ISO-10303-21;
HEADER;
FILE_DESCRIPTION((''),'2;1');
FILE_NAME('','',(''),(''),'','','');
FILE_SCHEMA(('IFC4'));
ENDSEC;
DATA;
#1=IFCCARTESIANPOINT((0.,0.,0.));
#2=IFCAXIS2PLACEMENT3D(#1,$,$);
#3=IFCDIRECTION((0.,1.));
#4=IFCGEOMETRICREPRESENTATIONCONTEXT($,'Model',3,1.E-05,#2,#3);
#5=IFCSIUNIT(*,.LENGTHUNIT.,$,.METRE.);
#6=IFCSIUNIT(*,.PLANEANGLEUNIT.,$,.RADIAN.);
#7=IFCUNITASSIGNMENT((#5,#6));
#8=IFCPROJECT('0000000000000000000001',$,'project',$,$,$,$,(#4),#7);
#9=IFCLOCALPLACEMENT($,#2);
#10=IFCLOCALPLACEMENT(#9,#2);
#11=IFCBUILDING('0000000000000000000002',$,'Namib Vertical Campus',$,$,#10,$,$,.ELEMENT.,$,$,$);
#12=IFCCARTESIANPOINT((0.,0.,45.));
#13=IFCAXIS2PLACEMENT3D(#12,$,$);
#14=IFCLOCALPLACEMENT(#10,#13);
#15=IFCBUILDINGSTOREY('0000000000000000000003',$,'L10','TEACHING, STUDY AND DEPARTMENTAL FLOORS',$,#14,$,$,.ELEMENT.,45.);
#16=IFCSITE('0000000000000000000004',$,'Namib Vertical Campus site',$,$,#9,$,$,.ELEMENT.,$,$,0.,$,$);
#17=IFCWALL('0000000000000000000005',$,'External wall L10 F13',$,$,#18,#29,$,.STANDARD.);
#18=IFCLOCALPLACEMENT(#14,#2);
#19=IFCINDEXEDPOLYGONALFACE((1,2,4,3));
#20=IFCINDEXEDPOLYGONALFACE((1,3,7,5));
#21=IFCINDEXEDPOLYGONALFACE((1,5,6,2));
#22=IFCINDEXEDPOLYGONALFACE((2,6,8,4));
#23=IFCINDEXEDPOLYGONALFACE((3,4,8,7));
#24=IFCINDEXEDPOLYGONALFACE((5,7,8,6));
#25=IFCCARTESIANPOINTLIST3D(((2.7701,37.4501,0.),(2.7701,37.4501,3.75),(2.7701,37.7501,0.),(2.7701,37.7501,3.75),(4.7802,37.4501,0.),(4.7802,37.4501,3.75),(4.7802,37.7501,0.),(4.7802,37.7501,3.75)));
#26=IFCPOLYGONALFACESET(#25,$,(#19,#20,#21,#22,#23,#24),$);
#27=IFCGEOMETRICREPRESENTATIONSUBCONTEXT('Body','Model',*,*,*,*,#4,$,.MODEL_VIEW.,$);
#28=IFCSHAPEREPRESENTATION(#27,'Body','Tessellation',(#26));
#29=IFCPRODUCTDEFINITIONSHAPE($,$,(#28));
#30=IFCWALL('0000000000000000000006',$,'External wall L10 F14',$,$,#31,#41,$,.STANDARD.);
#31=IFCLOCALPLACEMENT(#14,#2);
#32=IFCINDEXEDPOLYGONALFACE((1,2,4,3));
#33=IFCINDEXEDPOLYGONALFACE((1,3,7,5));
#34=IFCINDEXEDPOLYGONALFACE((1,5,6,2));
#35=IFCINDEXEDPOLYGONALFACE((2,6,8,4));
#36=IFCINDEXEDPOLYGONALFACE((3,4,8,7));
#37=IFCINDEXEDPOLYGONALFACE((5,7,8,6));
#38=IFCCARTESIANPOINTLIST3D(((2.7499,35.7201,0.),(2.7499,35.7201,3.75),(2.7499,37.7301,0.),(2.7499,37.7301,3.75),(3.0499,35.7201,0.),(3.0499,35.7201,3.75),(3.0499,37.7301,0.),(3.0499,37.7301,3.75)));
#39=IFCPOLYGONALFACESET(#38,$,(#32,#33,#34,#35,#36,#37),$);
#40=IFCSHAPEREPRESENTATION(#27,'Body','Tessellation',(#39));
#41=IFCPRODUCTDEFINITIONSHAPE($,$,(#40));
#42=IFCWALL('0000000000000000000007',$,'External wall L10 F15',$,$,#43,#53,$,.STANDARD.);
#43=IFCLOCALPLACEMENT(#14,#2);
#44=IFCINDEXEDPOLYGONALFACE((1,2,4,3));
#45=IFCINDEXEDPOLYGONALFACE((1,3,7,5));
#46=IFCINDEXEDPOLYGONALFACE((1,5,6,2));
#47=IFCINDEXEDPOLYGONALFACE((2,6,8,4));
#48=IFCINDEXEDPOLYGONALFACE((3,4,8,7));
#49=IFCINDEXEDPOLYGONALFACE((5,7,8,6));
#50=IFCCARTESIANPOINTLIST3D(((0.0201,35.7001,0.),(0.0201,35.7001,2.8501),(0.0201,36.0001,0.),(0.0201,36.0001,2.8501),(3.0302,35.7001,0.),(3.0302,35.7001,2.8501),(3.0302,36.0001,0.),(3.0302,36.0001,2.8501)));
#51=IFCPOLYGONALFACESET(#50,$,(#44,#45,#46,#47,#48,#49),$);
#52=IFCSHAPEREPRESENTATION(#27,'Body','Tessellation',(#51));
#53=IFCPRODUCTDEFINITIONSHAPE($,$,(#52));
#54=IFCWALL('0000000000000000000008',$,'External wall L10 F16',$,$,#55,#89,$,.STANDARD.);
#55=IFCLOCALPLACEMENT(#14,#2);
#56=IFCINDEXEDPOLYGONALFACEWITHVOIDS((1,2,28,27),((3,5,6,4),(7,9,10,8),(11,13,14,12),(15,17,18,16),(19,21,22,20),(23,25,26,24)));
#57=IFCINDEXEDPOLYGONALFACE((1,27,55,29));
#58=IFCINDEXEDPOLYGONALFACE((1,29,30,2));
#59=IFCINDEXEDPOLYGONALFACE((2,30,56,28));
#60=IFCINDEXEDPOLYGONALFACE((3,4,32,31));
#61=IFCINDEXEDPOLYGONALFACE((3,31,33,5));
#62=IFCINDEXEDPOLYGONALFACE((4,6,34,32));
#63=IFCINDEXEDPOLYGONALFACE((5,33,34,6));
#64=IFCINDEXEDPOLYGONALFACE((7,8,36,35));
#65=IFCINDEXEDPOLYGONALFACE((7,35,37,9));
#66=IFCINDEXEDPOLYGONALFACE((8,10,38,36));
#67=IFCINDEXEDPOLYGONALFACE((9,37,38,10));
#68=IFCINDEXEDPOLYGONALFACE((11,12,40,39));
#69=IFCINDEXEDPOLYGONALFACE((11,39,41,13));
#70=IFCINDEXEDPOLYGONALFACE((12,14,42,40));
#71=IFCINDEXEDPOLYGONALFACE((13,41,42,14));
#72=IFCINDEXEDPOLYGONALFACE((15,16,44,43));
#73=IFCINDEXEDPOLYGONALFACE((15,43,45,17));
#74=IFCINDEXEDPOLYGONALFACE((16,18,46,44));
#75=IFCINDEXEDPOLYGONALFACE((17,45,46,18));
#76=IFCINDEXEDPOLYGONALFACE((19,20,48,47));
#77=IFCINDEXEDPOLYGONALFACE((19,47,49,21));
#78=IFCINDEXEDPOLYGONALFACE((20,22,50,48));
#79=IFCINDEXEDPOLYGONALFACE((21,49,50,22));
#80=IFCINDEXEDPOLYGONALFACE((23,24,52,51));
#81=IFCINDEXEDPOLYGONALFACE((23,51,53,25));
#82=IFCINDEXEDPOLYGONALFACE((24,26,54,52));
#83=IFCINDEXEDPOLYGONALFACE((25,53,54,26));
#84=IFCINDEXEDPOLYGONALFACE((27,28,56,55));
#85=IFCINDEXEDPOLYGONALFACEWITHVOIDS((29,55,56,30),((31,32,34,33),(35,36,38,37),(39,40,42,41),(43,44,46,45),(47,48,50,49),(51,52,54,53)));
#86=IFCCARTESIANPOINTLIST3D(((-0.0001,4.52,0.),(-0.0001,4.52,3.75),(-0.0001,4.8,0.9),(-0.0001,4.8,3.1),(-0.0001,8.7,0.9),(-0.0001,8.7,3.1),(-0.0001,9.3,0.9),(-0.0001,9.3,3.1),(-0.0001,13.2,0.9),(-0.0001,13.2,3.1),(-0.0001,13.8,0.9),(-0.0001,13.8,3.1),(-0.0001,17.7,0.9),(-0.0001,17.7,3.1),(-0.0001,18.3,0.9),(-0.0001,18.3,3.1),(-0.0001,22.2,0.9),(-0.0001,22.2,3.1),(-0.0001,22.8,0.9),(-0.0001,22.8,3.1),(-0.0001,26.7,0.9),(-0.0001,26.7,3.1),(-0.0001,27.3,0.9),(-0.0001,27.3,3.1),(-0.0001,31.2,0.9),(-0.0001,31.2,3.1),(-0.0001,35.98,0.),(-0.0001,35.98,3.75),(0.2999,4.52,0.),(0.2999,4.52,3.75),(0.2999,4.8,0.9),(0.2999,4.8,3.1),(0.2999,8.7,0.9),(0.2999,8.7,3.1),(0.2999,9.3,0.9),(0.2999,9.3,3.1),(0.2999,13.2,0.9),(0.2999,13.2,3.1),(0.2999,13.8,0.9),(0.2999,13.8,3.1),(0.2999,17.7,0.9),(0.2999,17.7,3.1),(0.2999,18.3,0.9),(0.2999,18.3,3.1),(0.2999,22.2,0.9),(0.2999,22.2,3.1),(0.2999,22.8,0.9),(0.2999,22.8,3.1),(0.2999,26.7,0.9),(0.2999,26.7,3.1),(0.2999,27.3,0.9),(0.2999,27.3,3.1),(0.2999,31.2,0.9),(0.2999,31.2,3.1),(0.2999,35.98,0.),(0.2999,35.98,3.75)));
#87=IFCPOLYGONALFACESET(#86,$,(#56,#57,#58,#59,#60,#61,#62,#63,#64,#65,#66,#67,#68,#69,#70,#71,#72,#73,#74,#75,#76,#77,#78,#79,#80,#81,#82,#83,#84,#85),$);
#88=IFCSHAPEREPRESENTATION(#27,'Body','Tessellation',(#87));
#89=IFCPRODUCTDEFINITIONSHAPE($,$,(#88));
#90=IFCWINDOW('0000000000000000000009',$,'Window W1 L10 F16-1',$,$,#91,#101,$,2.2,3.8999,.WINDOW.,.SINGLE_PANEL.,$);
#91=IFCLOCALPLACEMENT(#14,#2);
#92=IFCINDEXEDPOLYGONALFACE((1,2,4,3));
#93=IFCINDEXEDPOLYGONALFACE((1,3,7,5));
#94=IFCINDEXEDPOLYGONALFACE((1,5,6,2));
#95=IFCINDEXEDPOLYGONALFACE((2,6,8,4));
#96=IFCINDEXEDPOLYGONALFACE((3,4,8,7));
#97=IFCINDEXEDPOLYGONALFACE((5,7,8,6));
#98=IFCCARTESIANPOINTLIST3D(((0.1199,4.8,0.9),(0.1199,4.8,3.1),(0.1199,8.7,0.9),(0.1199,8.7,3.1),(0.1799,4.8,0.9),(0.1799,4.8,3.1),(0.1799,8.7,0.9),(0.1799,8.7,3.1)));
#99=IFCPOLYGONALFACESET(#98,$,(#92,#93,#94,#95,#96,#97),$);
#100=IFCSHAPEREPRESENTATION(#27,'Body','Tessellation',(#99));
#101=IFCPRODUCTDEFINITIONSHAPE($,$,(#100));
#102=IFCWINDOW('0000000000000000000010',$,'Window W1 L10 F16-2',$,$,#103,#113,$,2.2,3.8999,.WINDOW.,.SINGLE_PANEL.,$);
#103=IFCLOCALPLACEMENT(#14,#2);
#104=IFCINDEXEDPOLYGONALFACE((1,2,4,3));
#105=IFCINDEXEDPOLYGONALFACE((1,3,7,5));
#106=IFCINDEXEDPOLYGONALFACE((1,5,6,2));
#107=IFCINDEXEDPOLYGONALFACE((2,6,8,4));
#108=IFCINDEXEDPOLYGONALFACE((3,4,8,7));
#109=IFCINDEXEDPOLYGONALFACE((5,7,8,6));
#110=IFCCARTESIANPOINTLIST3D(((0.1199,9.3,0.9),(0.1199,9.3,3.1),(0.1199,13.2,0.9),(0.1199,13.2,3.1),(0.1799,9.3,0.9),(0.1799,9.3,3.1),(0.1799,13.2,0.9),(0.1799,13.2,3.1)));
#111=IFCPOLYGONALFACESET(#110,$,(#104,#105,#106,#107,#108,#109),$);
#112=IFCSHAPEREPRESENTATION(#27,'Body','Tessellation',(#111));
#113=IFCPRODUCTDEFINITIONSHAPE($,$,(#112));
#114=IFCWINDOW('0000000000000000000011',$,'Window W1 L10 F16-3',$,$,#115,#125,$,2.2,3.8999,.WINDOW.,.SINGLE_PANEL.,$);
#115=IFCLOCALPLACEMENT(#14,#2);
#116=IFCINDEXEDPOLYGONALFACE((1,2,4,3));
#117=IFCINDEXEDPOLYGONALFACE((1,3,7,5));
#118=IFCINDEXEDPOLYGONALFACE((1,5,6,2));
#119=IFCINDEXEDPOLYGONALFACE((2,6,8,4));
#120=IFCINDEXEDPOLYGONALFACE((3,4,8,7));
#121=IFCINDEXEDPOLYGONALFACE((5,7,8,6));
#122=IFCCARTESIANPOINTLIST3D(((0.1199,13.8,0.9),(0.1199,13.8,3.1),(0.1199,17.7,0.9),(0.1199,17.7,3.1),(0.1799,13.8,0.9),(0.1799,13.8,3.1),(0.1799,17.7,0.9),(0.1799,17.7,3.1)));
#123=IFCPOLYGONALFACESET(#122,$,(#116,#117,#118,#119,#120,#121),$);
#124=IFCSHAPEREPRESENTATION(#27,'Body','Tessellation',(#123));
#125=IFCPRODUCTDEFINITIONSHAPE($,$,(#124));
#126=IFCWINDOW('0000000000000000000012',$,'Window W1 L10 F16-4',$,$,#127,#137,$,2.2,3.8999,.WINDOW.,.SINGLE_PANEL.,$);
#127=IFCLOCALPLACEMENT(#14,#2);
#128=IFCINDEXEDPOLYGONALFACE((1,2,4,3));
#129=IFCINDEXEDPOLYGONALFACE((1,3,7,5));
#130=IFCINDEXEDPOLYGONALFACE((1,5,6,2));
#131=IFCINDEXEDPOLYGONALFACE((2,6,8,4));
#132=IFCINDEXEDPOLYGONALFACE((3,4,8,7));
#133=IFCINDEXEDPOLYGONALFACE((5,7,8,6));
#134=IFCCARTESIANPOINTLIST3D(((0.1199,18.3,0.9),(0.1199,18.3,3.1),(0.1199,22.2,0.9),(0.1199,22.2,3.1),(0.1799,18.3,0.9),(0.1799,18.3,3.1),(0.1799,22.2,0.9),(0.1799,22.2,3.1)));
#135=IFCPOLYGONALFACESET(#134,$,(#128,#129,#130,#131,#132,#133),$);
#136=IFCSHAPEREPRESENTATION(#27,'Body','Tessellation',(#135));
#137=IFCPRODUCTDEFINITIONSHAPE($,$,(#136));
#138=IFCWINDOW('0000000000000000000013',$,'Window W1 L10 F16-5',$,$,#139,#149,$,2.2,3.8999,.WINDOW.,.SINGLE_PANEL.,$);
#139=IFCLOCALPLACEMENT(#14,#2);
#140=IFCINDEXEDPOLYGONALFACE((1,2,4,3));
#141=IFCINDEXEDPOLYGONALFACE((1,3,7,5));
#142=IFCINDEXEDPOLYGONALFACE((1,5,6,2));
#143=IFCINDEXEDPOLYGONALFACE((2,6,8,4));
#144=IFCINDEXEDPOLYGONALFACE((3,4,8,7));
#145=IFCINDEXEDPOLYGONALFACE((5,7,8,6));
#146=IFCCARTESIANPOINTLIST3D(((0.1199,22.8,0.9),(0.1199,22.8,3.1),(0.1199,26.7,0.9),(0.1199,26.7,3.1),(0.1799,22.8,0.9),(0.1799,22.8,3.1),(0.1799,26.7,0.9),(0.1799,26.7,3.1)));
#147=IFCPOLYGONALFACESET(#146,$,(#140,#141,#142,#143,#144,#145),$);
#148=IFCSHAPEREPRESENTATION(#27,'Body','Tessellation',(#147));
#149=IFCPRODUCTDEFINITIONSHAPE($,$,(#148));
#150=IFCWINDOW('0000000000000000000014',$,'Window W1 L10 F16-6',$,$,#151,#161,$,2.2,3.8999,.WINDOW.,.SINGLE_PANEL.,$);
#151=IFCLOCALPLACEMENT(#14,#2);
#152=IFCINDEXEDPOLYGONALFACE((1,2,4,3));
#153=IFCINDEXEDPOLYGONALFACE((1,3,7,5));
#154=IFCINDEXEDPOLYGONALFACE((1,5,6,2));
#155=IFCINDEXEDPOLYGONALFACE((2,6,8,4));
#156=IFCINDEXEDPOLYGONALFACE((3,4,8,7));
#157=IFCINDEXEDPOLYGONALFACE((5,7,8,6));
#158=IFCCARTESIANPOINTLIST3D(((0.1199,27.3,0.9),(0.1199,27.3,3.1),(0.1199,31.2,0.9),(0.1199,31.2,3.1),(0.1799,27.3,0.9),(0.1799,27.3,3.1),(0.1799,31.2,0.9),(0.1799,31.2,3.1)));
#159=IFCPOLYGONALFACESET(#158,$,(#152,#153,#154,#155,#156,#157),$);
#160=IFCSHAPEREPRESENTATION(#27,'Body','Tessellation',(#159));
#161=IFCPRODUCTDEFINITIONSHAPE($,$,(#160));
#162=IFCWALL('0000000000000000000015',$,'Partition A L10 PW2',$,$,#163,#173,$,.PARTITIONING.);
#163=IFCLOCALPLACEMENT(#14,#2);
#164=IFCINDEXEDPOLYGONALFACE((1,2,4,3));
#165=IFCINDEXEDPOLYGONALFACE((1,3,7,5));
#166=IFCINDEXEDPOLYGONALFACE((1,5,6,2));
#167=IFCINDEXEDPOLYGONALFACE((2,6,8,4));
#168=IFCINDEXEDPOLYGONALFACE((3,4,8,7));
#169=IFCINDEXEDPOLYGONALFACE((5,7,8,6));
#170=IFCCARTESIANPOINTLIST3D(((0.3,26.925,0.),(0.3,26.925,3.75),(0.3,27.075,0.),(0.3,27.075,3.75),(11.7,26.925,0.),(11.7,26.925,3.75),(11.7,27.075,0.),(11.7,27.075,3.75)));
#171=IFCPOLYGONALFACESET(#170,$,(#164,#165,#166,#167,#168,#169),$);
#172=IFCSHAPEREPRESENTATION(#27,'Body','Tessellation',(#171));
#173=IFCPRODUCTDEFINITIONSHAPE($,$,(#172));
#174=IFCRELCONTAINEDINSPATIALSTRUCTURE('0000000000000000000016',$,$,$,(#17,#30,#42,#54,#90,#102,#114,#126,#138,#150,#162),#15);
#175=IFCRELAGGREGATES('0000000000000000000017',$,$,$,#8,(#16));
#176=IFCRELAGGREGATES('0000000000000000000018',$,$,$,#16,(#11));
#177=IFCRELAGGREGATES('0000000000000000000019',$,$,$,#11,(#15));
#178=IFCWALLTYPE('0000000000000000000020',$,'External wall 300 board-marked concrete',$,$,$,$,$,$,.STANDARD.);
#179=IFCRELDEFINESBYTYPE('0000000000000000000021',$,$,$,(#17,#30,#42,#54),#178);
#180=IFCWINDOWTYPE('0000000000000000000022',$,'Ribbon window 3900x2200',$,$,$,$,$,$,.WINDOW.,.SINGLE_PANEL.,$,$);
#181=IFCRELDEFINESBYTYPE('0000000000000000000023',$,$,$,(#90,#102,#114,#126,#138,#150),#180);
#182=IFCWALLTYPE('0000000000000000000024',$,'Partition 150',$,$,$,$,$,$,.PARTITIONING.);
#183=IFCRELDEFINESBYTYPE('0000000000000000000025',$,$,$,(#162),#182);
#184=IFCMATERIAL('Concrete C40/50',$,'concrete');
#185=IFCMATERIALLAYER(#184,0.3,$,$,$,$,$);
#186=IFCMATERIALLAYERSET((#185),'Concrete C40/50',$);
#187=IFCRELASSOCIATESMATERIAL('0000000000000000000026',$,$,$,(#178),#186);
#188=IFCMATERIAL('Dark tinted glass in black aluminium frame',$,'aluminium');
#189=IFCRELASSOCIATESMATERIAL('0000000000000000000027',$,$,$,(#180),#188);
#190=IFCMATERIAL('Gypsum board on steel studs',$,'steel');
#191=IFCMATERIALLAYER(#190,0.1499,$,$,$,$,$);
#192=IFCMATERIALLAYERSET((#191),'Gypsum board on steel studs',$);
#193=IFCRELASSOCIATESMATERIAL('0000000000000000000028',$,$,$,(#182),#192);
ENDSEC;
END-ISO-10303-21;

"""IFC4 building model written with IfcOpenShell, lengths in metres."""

from ifc_helpers import new_model, si_unit, direction, frame, frame_2d, origin, place, context, subcontext, project, spatial, rectangle, extrude, material, layer, layer_set, type_object, element, fill, save


model = new_model("IFC4")

# Units and contexts
model_context = context("Model", 3, precision=1e-05, world=origin(), true_north=direction((0.0, 1.0)))
body_context = subcontext(model_context, "Body", "Model", "MODEL_VIEW")
ifc_project = project(units=[si_unit("LENGTHUNIT", "METRE"), si_unit("PLANEANGLEUNIT", "RADIAN")], contexts=[model_context])

# Site, building, storey
site_placement = place(None, origin())
site = spatial("IfcSite", under=ifc_project, at=site_placement, Name="Namib Vertical Campus site", CompositionType="ELEMENT", RefElevation=0.0)
building_placement = place(site_placement, origin())
building = spatial("IfcBuilding", under=site, at=building_placement, Name="Namib Vertical Campus", CompositionType="ELEMENT")
storey_placement = place(building_placement, frame((0.0, 0.0, 45.0)))
storey = spatial("IfcBuildingStorey", under=building, at=storey_placement, Name="L10", Description="TEACHING, STUDY AND DEPARTMENTAL FLOORS", CompositionType="ELEMENT", Elevation=45.0)

# Walls
ifc_material_1 = material(Name="Concrete C40/50", Category="concrete")
ifc_layer_1 = layer(ifc_material_1, 0.3)
ifc_layer_set_1 = layer_set([ifc_layer_1], Name="Concrete C40/50")
wall_type_1 = type_object("IfcWallType", Name="External wall 300 board-marked concrete", PredefinedType="STANDARD", material=ifc_layer_set_1)
for number, where, z_axis, x_axis, name in (
    (1, (4.78, 37.6001, 0.0), (0.0, 0.0, 1.0), (-1.0, 0.0, 0.0), "External wall L10 F13"),
    (2, (2.8999, 37.73, 0.0), (0.0, 0.0, 1.0), (0.0, -1.0, 0.0), "External wall L10 F14"),
):
    element("IfcWall", number, at=place(storey_placement, frame(where, z_axis=z_axis, x_axis=x_axis)), inside=storey, type_object=wall_type_1, Name=name, PredefinedType="STANDARD", context=body_context, shape_type="SweptSolid", body=[
        extrude(rectangle(XDim=2.01, YDim=0.3, at=frame_2d((1.0049, 0.0))), origin(), (0.0, 0.0, 1.0), 3.75),
    ])
wall_1_placement = place(storey_placement, frame((3.03, 35.8501, 0.0), z_axis=(0.0, 0.0, 1.0), x_axis=(-1.0, 0.0, 0.0)))
element("IfcWall", 3, at=wall_1_placement, inside=storey, type_object=wall_type_1, Name="External wall L10 F15", PredefinedType="STANDARD", context=body_context, shape_type="SweptSolid", body=[
    extrude(rectangle(XDim=3.01, YDim=0.3, at=frame_2d((1.5049, 0.0))), origin(), (0.0, 0.0, 1.0), 2.8501),
])

# Wall, openings, windows
wall_2_placement = place(storey_placement, frame((0.1499, 35.98, 0.0), z_axis=(0.0, 0.0, 1.0), x_axis=(0.0, -1.0, 0.0)))
wall_2 = element("IfcWall", 4, at=wall_2_placement, inside=storey, type_object=wall_type_1, Name="External wall L10 F16", PredefinedType="STANDARD", context=body_context, shape_type="SweptSolid", body=[
    extrude(rectangle(XDim=31.46, YDim=0.3, at=frame_2d((15.73, 0.0))), origin(), (0.0, 0.0, 1.0), 3.75),
])
opening_1_placement = place(wall_2_placement, frame((27.28, 0.0, 0.8999)))
opening_1 = element("IfcOpeningElement", 5, at=opening_1_placement, cuts=wall_2, PredefinedType="OPENING", context=body_context, shape_type="SweptSolid", body=[
    extrude(rectangle(XDim=3.8999, YDim=2.2, at=frame_2d((1.95, 1.1001))), frame((0.0, 0.1599, 0.0), z_axis=(0.0, -1.0, 0.0), x_axis=(1.0, 0.0, 0.0)), (0.0, 0.0, 1.0), 0.3201),
])
opening_2_placement = place(wall_2_placement, frame((22.78, 0.0, 0.8999)))
opening_2 = element("IfcOpeningElement", 6, at=opening_2_placement, cuts=wall_2, PredefinedType="OPENING", context=body_context, shape_type="SweptSolid", body=[
    extrude(rectangle(XDim=3.8999, YDim=2.2, at=frame_2d((1.95, 1.1001))), frame((0.0, 0.1599, 0.0), z_axis=(0.0, -1.0, 0.0), x_axis=(1.0, 0.0, 0.0)), (0.0, 0.0, 1.0), 0.3201),
])
opening_3_placement = place(wall_2_placement, frame((18.28, 0.0, 0.8999)))
opening_3 = element("IfcOpeningElement", 7, at=opening_3_placement, cuts=wall_2, PredefinedType="OPENING", context=body_context, shape_type="SweptSolid", body=[
    extrude(rectangle(XDim=3.8999, YDim=2.2, at=frame_2d((1.95, 1.1001))), frame((0.0, 0.1599, 0.0), z_axis=(0.0, -1.0, 0.0), x_axis=(1.0, 0.0, 0.0)), (0.0, 0.0, 1.0), 0.3201),
])
opening_4_placement = place(wall_2_placement, frame((13.78, 0.0, 0.8999)))
opening_4 = element("IfcOpeningElement", 8, at=opening_4_placement, cuts=wall_2, PredefinedType="OPENING", context=body_context, shape_type="SweptSolid", body=[
    extrude(rectangle(XDim=3.8999, YDim=2.2, at=frame_2d((1.95, 1.1001))), frame((0.0, 0.1599, 0.0), z_axis=(0.0, -1.0, 0.0), x_axis=(1.0, 0.0, 0.0)), (0.0, 0.0, 1.0), 0.3201),
])
opening_5_placement = place(wall_2_placement, frame((9.28, 0.0, 0.8999)))
opening_5 = element("IfcOpeningElement", 9, at=opening_5_placement, cuts=wall_2, PredefinedType="OPENING", context=body_context, shape_type="SweptSolid", body=[
    extrude(rectangle(XDim=3.8999, YDim=2.2, at=frame_2d((1.95, 1.1001))), frame((0.0, 0.1599, 0.0), z_axis=(0.0, -1.0, 0.0), x_axis=(1.0, 0.0, 0.0)), (0.0, 0.0, 1.0), 0.3201),
])
opening_6_placement = place(wall_2_placement, frame((4.78, 0.0, 0.8999)))
opening_6 = element("IfcOpeningElement", 10, at=opening_6_placement, cuts=wall_2, PredefinedType="OPENING", context=body_context, shape_type="SweptSolid", body=[
    extrude(rectangle(XDim=3.8999, YDim=2.2, at=frame_2d((1.95, 1.1001))), frame((0.0, 0.1599, 0.0), z_axis=(0.0, -1.0, 0.0), x_axis=(1.0, 0.0, 0.0)), (0.0, 0.0, 1.0), 0.3201),
])
ifc_material_2 = material(Name="Dark tinted glass in black aluminium frame", Category="aluminium")
window_type = type_object("IfcWindowType", Name="Ribbon window 3900x2200", PartitioningType="SINGLE_PANEL", PredefinedType="WINDOW", material=ifc_material_2)
window_1_placement = place(opening_1_placement, origin())
window_1 = element("IfcWindow", 11, at=window_1_placement, inside=storey, type_object=window_type, Name="Window W1 L10 F16-1", OverallHeight=2.2, OverallWidth=3.8999, PartitioningType="SINGLE_PANEL", PredefinedType="WINDOW", context=body_context, shape_type="SweptSolid", body=[
    extrude(rectangle(XDim=3.8999, YDim=2.2, at=frame_2d((1.95, 1.1001))), frame((0.0, 0.03, 0.0), z_axis=(0.0, -1.0, 0.0), x_axis=(1.0, 0.0, 0.0)), (0.0, 0.0, 1.0), 0.0601),
])
fill(opening_1, window_1)
window_2_placement = place(opening_2_placement, origin())
window_2 = element("IfcWindow", 12, at=window_2_placement, inside=storey, type_object=window_type, Name="Window W1 L10 F16-2", OverallHeight=2.2, OverallWidth=3.8999, PartitioningType="SINGLE_PANEL", PredefinedType="WINDOW", context=body_context, shape_type="SweptSolid", body=[
    extrude(rectangle(XDim=3.8999, YDim=2.2, at=frame_2d((1.95, 1.1001))), frame((0.0, 0.03, 0.0), z_axis=(0.0, -1.0, 0.0), x_axis=(1.0, 0.0, 0.0)), (0.0, 0.0, 1.0), 0.0601),
])
fill(opening_2, window_2)
window_3_placement = place(opening_3_placement, origin())
window_3 = element("IfcWindow", 13, at=window_3_placement, inside=storey, type_object=window_type, Name="Window W1 L10 F16-3", OverallHeight=2.2, OverallWidth=3.8999, PartitioningType="SINGLE_PANEL", PredefinedType="WINDOW", context=body_context, shape_type="SweptSolid", body=[
    extrude(rectangle(XDim=3.8999, YDim=2.2, at=frame_2d((1.95, 1.1001))), frame((0.0, 0.03, 0.0), z_axis=(0.0, -1.0, 0.0), x_axis=(1.0, 0.0, 0.0)), (0.0, 0.0, 1.0), 0.0601),
])
fill(opening_3, window_3)
window_4_placement = place(opening_4_placement, origin())
window_4 = element("IfcWindow", 14, at=window_4_placement, inside=storey, type_object=window_type, Name="Window W1 L10 F16-4", OverallHeight=2.2, OverallWidth=3.8999, PartitioningType="SINGLE_PANEL", PredefinedType="WINDOW", context=body_context, shape_type="SweptSolid", body=[
    extrude(rectangle(XDim=3.8999, YDim=2.2, at=frame_2d((1.95, 1.1001))), frame((0.0, 0.03, 0.0), z_axis=(0.0, -1.0, 0.0), x_axis=(1.0, 0.0, 0.0)), (0.0, 0.0, 1.0), 0.0601),
])
fill(opening_4, window_4)
window_5_placement = place(opening_5_placement, origin())
window_5 = element("IfcWindow", 15, at=window_5_placement, inside=storey, type_object=window_type, Name="Window W1 L10 F16-5", OverallHeight=2.2, OverallWidth=3.8999, PartitioningType="SINGLE_PANEL", PredefinedType="WINDOW", context=body_context, shape_type="SweptSolid", body=[
    extrude(rectangle(XDim=3.8999, YDim=2.2, at=frame_2d((1.95, 1.1001))), frame((0.0, 0.03, 0.0), z_axis=(0.0, -1.0, 0.0), x_axis=(1.0, 0.0, 0.0)), (0.0, 0.0, 1.0), 0.0601),
])
fill(opening_5, window_5)
window_6_placement = place(opening_6_placement, origin())
window_6 = element("IfcWindow", 16, at=window_6_placement, inside=storey, type_object=window_type, Name="Window W1 L10 F16-6", OverallHeight=2.2, OverallWidth=3.8999, PartitioningType="SINGLE_PANEL", PredefinedType="WINDOW", context=body_context, shape_type="SweptSolid", body=[
    extrude(rectangle(XDim=3.8999, YDim=2.2, at=frame_2d((1.95, 1.1001))), frame((0.0, 0.03, 0.0), z_axis=(0.0, -1.0, 0.0), x_axis=(1.0, 0.0, 0.0)), (0.0, 0.0, 1.0), 0.0601),
])
fill(opening_6, window_6)

# Wall
ifc_material_3 = material(Name="Gypsum board on steel studs", Category="steel")
ifc_layer_2 = layer(ifc_material_3, 0.1499)
ifc_layer_set_2 = layer_set([ifc_layer_2], Name="Gypsum board on steel studs")
wall_type_2 = type_object("IfcWallType", Name="Partition 150", PredefinedType="PARTITIONING", material=ifc_layer_set_2)
wall_3_placement = place(storey_placement, frame((0.3, 27.0, 0.0), z_axis=(0.0, 0.0, 1.0), x_axis=(1.0, 0.0, 0.0)))
element("IfcWall", 17, at=wall_3_placement, inside=storey, type_object=wall_type_2, Name="Partition A L10 PW2", PredefinedType="PARTITIONING", context=body_context, shape_type="SweptSolid", body=[
    extrude(rectangle(XDim=11.3999, YDim=0.1499, at=frame_2d((5.7, 0.0))), origin(), (0.0, 0.0, 1.0), 3.75),
])

save(model, "model.ifc")
